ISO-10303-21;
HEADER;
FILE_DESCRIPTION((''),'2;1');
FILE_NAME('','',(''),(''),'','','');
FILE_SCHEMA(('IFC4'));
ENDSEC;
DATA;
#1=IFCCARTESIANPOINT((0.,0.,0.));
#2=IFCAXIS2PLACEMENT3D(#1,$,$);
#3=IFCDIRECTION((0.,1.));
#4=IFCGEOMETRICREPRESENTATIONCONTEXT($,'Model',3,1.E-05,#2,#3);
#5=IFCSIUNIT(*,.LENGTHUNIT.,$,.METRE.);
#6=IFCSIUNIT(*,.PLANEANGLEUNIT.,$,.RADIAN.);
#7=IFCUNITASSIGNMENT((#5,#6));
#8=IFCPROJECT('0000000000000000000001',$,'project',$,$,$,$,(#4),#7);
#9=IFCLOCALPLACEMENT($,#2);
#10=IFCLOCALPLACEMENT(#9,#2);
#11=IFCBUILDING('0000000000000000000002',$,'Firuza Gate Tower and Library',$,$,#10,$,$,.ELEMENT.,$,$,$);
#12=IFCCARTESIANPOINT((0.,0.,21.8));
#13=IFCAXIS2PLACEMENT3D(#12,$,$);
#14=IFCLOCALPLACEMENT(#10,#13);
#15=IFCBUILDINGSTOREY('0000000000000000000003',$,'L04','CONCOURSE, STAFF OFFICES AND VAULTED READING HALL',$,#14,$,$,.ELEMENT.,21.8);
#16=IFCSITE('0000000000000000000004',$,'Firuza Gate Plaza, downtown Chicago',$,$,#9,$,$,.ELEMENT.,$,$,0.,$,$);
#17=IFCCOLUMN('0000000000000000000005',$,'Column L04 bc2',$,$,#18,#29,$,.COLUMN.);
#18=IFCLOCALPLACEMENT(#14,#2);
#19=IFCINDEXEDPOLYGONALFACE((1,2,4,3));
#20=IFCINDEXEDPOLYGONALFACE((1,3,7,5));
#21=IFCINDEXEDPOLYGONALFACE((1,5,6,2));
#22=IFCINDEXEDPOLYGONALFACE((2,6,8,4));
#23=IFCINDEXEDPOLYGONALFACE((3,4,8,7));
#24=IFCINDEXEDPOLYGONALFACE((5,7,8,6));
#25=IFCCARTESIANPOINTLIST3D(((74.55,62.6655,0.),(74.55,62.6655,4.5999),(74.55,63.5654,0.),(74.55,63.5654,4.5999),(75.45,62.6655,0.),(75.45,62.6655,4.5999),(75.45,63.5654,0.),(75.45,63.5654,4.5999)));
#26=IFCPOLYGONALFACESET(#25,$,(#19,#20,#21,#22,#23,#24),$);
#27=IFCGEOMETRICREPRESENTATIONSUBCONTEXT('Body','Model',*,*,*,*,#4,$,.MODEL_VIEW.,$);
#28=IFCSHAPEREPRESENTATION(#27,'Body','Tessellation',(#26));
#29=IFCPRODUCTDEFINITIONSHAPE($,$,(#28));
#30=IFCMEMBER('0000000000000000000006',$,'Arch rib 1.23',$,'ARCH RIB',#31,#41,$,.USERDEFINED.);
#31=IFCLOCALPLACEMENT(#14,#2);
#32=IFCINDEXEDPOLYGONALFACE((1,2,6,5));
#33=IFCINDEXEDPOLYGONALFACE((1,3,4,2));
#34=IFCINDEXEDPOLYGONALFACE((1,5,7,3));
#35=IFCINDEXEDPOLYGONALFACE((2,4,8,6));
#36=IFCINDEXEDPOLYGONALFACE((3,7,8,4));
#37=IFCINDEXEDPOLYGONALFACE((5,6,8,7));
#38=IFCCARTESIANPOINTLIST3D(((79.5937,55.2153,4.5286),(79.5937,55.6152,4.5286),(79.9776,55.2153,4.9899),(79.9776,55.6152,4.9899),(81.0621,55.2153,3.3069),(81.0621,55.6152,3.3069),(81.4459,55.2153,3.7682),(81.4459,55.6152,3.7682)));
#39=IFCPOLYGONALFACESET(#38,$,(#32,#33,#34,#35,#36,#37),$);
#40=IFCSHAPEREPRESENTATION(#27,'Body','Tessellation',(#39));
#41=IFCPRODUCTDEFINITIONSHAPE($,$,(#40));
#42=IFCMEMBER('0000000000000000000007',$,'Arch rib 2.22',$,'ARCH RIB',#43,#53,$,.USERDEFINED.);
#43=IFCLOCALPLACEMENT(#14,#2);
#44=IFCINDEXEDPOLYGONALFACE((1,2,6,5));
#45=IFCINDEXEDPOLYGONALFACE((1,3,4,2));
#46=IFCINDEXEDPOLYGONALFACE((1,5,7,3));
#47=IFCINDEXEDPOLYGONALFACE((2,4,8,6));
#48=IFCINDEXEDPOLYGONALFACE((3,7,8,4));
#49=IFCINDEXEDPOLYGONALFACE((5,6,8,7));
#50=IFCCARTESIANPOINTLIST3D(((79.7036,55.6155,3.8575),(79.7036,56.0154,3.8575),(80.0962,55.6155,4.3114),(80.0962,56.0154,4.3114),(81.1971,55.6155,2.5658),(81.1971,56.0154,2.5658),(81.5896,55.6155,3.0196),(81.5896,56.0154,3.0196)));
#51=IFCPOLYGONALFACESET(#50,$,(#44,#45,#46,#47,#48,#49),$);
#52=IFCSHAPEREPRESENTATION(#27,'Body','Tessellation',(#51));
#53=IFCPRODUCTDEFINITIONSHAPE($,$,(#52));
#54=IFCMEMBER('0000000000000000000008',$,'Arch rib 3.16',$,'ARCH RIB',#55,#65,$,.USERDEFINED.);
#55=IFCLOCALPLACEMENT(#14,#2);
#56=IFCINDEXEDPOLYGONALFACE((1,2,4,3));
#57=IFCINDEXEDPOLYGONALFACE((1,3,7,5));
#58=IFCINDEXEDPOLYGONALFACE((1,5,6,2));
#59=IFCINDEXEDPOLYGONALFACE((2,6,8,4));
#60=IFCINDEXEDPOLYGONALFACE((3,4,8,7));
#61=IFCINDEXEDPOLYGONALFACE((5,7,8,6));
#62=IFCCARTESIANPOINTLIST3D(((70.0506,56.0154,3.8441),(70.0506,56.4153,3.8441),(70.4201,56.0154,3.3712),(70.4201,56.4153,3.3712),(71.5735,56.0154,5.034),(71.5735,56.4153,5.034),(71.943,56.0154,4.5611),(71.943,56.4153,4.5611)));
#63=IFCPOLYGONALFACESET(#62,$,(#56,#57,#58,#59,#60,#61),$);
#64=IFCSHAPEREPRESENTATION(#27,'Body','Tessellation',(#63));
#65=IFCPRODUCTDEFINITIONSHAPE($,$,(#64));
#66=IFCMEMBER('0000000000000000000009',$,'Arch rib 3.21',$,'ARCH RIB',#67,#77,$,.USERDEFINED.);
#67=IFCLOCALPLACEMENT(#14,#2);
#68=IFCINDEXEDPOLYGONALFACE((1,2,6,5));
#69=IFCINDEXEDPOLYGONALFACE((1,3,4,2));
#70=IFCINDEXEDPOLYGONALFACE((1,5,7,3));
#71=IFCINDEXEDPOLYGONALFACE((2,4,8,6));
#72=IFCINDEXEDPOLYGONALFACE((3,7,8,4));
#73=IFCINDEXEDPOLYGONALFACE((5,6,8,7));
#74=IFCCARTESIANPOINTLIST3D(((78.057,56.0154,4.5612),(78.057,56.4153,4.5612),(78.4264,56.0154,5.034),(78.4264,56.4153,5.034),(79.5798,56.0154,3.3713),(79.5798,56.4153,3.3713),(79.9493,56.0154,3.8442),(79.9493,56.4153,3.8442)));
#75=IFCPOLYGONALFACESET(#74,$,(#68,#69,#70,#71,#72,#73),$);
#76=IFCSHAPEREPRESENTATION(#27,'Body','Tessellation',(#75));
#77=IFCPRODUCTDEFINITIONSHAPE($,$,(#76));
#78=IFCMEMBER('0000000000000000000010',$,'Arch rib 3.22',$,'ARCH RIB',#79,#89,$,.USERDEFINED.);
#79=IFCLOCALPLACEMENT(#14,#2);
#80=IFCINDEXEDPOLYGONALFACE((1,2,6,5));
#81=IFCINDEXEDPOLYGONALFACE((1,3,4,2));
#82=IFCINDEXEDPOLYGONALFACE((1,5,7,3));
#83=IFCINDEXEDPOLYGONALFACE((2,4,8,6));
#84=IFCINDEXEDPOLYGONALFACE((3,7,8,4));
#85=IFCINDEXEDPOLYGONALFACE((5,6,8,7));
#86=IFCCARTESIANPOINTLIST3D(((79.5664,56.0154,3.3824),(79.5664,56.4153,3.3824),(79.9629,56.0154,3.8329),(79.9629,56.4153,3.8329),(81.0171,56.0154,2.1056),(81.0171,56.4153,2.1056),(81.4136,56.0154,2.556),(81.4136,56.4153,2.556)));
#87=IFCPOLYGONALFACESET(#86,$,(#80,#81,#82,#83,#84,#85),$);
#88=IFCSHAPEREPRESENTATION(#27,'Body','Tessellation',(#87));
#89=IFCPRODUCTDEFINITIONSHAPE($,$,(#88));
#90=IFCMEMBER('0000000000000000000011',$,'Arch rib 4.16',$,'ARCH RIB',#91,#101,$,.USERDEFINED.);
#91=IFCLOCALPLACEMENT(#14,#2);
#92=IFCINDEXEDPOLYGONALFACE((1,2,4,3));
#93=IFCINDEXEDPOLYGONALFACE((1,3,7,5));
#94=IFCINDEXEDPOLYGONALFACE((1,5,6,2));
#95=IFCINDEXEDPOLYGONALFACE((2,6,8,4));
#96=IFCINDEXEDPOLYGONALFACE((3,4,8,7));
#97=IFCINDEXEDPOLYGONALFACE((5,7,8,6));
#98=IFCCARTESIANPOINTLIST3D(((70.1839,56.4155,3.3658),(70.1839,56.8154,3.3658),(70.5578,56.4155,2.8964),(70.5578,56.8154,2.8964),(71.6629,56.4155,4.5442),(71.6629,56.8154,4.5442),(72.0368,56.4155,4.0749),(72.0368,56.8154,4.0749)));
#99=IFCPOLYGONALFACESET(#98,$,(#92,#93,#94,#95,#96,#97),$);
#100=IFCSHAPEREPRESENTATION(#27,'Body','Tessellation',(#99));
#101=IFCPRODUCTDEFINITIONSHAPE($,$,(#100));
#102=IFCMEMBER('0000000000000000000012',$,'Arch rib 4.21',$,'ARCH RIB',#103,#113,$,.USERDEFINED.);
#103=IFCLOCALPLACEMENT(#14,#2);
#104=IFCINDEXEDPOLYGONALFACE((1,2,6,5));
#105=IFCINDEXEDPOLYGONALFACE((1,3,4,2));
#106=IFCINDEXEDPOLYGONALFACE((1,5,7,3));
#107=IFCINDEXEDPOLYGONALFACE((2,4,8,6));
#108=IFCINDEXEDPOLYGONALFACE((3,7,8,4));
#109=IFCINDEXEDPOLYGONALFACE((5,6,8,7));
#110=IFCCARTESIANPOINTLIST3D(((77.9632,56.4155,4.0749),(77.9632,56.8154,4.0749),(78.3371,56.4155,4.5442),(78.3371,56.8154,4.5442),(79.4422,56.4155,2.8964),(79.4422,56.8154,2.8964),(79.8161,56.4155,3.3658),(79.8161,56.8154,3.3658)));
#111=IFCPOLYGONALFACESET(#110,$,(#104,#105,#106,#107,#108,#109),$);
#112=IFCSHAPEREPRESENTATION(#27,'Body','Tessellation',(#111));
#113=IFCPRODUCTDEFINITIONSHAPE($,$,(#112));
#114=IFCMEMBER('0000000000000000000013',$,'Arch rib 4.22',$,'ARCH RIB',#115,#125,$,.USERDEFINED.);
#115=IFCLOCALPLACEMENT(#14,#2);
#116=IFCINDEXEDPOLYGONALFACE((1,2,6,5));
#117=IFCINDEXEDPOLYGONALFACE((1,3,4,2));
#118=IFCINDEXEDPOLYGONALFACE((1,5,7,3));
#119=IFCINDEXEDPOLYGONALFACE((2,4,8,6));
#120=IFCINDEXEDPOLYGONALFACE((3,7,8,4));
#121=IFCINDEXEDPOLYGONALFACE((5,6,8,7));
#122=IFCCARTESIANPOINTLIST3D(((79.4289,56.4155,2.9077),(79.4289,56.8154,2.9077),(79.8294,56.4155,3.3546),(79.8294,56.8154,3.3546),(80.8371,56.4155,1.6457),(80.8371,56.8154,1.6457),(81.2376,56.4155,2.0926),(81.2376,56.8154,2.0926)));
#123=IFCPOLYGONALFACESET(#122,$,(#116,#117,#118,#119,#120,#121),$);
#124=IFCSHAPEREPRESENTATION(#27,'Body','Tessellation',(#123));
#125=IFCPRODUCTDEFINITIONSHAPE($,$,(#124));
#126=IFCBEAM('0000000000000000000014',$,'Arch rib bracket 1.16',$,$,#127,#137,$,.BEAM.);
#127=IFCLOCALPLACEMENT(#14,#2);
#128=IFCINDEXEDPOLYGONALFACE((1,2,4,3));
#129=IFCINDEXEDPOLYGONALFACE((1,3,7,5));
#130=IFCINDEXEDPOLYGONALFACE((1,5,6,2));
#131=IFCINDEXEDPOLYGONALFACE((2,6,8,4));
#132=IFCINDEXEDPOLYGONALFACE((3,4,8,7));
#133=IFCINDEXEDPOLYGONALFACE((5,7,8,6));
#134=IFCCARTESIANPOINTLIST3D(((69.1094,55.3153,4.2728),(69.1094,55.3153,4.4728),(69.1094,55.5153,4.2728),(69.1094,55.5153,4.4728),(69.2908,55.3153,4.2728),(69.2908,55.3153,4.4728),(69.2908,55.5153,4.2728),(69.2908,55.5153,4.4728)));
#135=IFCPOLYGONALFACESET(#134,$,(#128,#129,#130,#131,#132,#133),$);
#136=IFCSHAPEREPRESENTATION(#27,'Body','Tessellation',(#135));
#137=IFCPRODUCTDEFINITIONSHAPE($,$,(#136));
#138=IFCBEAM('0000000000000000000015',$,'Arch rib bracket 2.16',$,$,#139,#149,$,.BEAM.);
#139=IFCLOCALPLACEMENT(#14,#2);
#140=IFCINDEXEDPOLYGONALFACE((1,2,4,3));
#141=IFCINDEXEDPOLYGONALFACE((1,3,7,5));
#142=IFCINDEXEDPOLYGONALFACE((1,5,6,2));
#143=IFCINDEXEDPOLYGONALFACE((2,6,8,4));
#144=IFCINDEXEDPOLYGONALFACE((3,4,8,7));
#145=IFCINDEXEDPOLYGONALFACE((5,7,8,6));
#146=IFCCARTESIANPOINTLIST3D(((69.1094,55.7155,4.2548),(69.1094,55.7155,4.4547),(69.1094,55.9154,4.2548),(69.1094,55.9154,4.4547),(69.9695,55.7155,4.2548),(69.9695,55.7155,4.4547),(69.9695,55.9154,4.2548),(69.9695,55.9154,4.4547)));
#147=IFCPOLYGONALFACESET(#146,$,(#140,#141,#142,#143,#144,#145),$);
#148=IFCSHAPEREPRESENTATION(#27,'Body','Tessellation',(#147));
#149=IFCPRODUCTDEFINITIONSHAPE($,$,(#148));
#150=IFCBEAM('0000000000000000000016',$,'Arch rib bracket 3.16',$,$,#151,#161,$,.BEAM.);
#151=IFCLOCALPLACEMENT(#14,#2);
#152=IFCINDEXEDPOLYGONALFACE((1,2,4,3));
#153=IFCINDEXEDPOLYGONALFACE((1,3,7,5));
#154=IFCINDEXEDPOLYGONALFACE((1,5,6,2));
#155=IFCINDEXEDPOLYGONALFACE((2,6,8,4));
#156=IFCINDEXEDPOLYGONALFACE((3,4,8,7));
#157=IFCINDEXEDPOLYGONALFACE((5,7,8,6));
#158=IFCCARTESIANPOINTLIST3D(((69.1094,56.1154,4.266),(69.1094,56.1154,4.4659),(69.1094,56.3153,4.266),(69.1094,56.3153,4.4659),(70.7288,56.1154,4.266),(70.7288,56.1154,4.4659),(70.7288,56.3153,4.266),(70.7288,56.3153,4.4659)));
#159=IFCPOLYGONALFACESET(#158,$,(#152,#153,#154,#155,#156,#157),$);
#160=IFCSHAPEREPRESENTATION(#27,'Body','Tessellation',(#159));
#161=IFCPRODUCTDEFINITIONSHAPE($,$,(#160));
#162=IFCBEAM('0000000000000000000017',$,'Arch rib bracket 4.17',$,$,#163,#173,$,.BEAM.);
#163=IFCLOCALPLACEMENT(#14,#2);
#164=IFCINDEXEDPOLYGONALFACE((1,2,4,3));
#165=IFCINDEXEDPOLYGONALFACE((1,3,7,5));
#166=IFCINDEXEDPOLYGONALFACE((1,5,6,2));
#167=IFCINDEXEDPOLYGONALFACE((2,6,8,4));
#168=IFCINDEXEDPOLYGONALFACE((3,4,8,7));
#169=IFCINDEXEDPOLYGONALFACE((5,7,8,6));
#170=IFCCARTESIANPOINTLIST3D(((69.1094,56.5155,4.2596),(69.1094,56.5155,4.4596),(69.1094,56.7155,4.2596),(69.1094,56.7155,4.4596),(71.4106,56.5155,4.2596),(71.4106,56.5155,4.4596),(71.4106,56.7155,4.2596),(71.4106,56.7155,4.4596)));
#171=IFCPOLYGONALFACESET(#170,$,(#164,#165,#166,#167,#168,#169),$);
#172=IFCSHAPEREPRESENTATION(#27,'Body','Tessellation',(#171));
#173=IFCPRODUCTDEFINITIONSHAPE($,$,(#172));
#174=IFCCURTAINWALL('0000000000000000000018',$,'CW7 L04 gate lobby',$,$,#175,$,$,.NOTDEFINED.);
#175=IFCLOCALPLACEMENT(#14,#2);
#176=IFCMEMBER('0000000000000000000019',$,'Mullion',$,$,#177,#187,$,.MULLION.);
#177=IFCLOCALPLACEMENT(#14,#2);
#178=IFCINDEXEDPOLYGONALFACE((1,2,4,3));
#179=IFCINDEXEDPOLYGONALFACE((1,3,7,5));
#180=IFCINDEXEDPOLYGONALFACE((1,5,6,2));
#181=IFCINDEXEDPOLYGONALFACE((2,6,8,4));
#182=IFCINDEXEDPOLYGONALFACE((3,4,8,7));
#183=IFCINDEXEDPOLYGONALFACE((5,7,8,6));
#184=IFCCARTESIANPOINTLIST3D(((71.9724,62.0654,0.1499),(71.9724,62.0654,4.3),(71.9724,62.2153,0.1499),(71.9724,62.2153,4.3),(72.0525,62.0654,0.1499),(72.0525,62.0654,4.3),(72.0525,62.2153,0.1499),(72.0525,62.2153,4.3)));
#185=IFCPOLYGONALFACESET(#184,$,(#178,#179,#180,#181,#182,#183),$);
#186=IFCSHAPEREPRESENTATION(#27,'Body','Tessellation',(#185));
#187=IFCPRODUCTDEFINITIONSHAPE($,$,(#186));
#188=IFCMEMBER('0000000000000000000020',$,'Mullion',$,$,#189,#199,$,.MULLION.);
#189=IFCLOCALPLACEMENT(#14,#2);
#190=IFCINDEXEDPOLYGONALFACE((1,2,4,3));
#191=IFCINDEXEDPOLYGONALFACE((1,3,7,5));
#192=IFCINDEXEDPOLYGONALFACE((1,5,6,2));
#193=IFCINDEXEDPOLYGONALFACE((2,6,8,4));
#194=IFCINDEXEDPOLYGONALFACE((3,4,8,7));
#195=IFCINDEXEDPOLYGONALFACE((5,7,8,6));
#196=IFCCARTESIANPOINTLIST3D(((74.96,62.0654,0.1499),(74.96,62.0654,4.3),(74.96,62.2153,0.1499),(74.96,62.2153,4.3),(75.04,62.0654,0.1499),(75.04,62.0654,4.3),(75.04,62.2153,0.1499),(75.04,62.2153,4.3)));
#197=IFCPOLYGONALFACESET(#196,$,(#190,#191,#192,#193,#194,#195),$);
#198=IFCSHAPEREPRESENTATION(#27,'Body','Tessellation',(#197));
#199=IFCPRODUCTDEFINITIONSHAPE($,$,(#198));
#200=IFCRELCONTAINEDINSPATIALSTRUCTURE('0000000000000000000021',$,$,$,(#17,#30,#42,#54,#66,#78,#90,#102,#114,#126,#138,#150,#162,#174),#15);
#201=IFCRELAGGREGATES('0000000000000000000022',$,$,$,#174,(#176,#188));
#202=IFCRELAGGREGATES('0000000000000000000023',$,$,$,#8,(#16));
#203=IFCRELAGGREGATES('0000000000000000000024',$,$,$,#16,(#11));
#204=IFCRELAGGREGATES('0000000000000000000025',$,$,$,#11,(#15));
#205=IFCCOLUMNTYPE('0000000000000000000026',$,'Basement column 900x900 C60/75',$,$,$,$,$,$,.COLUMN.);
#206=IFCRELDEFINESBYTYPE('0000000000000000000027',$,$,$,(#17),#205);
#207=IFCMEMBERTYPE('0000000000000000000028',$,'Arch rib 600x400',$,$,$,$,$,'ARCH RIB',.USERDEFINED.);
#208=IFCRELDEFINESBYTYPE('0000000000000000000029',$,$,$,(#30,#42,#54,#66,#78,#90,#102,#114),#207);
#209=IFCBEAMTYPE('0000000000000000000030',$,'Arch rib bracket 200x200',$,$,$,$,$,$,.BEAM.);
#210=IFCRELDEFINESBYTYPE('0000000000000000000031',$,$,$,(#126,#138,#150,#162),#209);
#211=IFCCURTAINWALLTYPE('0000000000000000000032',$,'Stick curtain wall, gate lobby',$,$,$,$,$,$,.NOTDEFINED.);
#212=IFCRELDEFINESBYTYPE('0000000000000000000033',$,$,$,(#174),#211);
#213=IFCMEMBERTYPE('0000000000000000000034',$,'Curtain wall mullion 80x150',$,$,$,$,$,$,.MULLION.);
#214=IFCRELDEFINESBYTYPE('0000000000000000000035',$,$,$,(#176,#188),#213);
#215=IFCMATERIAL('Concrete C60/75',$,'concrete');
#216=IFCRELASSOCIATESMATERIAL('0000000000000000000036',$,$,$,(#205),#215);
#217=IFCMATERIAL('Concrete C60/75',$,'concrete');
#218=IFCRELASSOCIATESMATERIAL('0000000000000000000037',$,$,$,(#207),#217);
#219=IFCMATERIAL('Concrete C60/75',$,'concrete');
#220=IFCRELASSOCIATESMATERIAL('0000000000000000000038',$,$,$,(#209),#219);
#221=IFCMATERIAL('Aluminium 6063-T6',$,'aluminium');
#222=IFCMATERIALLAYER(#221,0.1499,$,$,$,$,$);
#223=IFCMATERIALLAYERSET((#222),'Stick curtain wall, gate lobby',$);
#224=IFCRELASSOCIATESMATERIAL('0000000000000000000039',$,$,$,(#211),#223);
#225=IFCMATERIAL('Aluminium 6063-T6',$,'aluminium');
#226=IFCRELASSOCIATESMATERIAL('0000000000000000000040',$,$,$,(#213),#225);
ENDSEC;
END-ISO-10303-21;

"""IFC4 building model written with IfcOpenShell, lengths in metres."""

from ifc_helpers import new_model, si_unit, direction, frame, origin, origin_2d, place, context, subcontext, project, spatial, rectangle, extrude, material, layer, layer_set, material_profile, profile_set, type_object, element, aggregate, save


model = new_model("IFC4")

# Units and contexts
model_context = context("Model", 3, precision=1e-05, world=origin(), true_north=direction((0.0, 1.0)))
body_context = subcontext(model_context, "Body", "Model", "MODEL_VIEW")
ifc_project = project(units=[si_unit("LENGTHUNIT", "METRE"), si_unit("PLANEANGLEUNIT", "RADIAN")], contexts=[model_context])

# Site, building, storey
site_placement = place(None, origin())
site = spatial("IfcSite", under=ifc_project, at=site_placement, Name="Firuza Gate Plaza, downtown Chicago", CompositionType="ELEMENT", RefElevation=0.0)
building_placement = place(site_placement, origin())
building = spatial("IfcBuilding", under=site, at=building_placement, Name="Firuza Gate Tower and Library", CompositionType="ELEMENT")
storey_placement = place(building_placement, frame((0.0, 0.0, 21.8)))
storey = spatial("IfcBuildingStorey", under=building, at=storey_placement, Name="L04", Description="CONCOURSE, STAFF OFFICES AND VAULTED READING HALL", CompositionType="ELEMENT", Elevation=21.8)

# Column
ifc_material_1 = material(Name="Concrete C60/75", Category="concrete")
ifc_material_profile_1 = material_profile(ifc_material_1, rectangle(XDim=0.8999, YDim=0.8999, at=origin_2d()))
ifc_profile_set_1 = profile_set([ifc_material_profile_1], Name="Concrete C60/75")
column_type = type_object("IfcColumnType", Name="Basement column 900x900 C60/75", PredefinedType="COLUMN", material=ifc_profile_set_1)
column_placement = place(storey_placement, frame((75.0, 63.1155, 0.0), z_axis=(0.0, 0.0, 1.0), x_axis=(1.0, 0.0, 0.0)))
element("IfcColumn", 1, at=column_placement, inside=storey, type_object=column_type, Name="Column L04 bc2", PredefinedType="COLUMN", context=body_context, shape_type="SweptSolid", body=[
    extrude(rectangle(XDim=0.8999, YDim=0.8999, at=origin_2d()), origin(), (0.0, 0.0, 1.0), 4.5999),
])

# Members
ifc_material_2 = material(Name="Concrete C60/75", Category="concrete")
ifc_material_profile_2 = material_profile(ifc_material_2, rectangle(XDim=0.3999, YDim=0.6001, at=origin_2d()))
ifc_profile_set_2 = profile_set([ifc_material_profile_2], Name="Concrete C60/75")
member_type_1 = type_object("IfcMemberType", Name="Arch rib 600x400", ElementType="ARCH RIB", PredefinedType="USERDEFINED", material=ifc_profile_set_2)
member_1_placement = place(storey_placement, frame((79.7856, 55.4153, 4.7593), z_axis=(0.768703, 0.0, -0.639606), x_axis=(0.0, 1.0, 0.0)))
element("IfcMember", 2, at=member_1_placement, inside=storey, type_object=member_type_1, Name="Arch rib 1.23", ObjectType="ARCH RIB", PredefinedType="USERDEFINED", context=body_context, shape_type="SweptSolid", body=[
    extrude(rectangle(XDim=0.3999, YDim=0.6001, at=origin_2d()), origin(), (0.0, 0.0, 1.0), 1.9102),
])
member_2_placement = place(storey_placement, frame((79.8999, 55.8154, 4.0845), z_axis=(0.756325, 0.0, -0.654196), x_axis=(0.0, 1.0, 0.0)))
element("IfcMember", 3, at=member_2_placement, inside=storey, type_object=member_type_1, Name="Arch rib 2.22", ObjectType="ARCH RIB", PredefinedType="USERDEFINED", context=body_context, shape_type="SweptSolid", body=[
    extrude(rectangle(XDim=0.3999, YDim=0.6001, at=origin_2d()), origin(), (0.0, 0.0, 1.0), 1.9746),
])
for number, where, z_axis, x_axis, name in (
    (4, (70.2354, 56.2153, 3.6077), (0.78799, 0.0, 0.615688), (0.0, 1.0, 0.0), "Arch rib 3.16"),
    (5, (78.2417, 56.2153, 4.7976), (0.78799, 0.0, -0.615688), (0.0, 1.0, 0.0), "Arch rib 3.21"),
    (6, (79.7646, 56.2153, 3.6077), (0.750648, 0.0, -0.660702), (0.0, 1.0, 0.0), "Arch rib 3.22"),
):
    element("IfcMember", number, at=place(storey_placement, frame(where, z_axis=z_axis, x_axis=x_axis)), inside=storey, type_object=member_type_1, Name=name, ObjectType="ARCH RIB", PredefinedType="USERDEFINED", context=body_context, shape_type="SweptSolid", body=[
        extrude(rectangle(XDim=0.3999, YDim=0.6001, at=origin_2d()), origin(), (0.0, 0.0, 1.0), 1.9326),
    ])
for number, where, z_axis, x_axis, name in (
    (7, (70.3708, 56.6155, 3.1311), (0.782089, 0.0, 0.623167), (0.0, 1.0, 0.0), "Arch rib 4.16"),
    (8, (78.1501, 56.6155, 4.3096), (0.782089, 0.0, -0.623167), (0.0, 1.0, 0.0), "Arch rib 4.21"),
):
    element("IfcMember", number, at=place(storey_placement, frame(where, z_axis=z_axis, x_axis=x_axis)), inside=storey, type_object=member_type_1, Name=name, ObjectType="ARCH RIB", PredefinedType="USERDEFINED", context=body_context, shape_type="SweptSolid", body=[
        extrude(rectangle(XDim=0.3999, YDim=0.6001, at=origin_2d()), origin(), (0.0, 0.0, 1.0), 1.8911),
    ])
member_3_placement = place(storey_placement, frame((79.6292, 56.6155, 3.1311), z_axis=(0.744718, 0.0, -0.66738), x_axis=(0.0, 1.0, 0.0)))
element("IfcMember", 9, at=member_3_placement, inside=storey, type_object=member_type_1, Name="Arch rib 4.22", ObjectType="ARCH RIB", PredefinedType="USERDEFINED", context=body_context, shape_type="SweptSolid", body=[
    extrude(rectangle(XDim=0.3999, YDim=0.6001, at=origin_2d()), origin(), (0.0, 0.0, 1.0), 1.8909),
])

# Beams
ifc_material_3 = material(Name="Concrete C60/75", Category="concrete")
ifc_material_profile_3 = material_profile(ifc_material_3, rectangle(XDim=0.2, YDim=0.2, at=origin_2d()))
ifc_profile_set_3 = profile_set([ifc_material_profile_3], Name="Concrete C60/75")
beam_type_1 = type_object("IfcBeamType", Name="Arch rib bracket 200x200", PredefinedType="BEAM", material=ifc_profile_set_3)
beam_1_placement = place(storey_placement, frame((69.1094, 55.4153, 4.3728), z_axis=(1.0, 0.0, 0.0), x_axis=(0.0, 1.0, 0.0)))
element("IfcBeam", 10, at=beam_1_placement, inside=storey, type_object=beam_type_1, Name="Arch rib bracket 1.16", PredefinedType="BEAM", context=body_context, shape_type="SweptSolid", body=[
    extrude(rectangle(XDim=0.2, YDim=0.2, at=origin_2d()), origin(), (0.0, 0.0, 1.0), 0.1814),
])
beam_2_placement = place(storey_placement, frame((69.1094, 55.8154, 4.3547), z_axis=(1.0, 0.0, 0.0), x_axis=(0.0, 1.0, 0.0)))
element("IfcBeam", 11, at=beam_2_placement, inside=storey, type_object=beam_type_1, Name="Arch rib bracket 2.16", PredefinedType="BEAM", context=body_context, shape_type="SweptSolid", body=[
    extrude(rectangle(XDim=0.2, YDim=0.2, at=origin_2d()), origin(), (0.0, 0.0, 1.0), 0.8601),
])
beam_3_placement = place(storey_placement, frame((69.1094, 56.2153, 4.366), z_axis=(1.0, 0.0, 0.0), x_axis=(0.0, 1.0, 0.0)))
element("IfcBeam", 12, at=beam_3_placement, inside=storey, type_object=beam_type_1, Name="Arch rib bracket 3.16", PredefinedType="BEAM", context=body_context, shape_type="SweptSolid", body=[
    extrude(rectangle(XDim=0.2, YDim=0.2, at=origin_2d()), origin(), (0.0, 0.0, 1.0), 1.6194),
])
beam_4_placement = place(storey_placement, frame((69.1094, 56.6155, 4.3596), z_axis=(1.0, 0.0, 0.0), x_axis=(0.0, 1.0, 0.0)))
element("IfcBeam", 13, at=beam_4_placement, inside=storey, type_object=beam_type_1, Name="Arch rib bracket 4.17", PredefinedType="BEAM", context=body_context, shape_type="SweptSolid", body=[
    extrude(rectangle(XDim=0.2, YDim=0.2, at=origin_2d()), origin(), (0.0, 0.0, 1.0), 2.3013),
])

# Curtain wall, members
ifc_material_4 = material(Name="Aluminium 6063-T6", Category="aluminium")
ifc_layer_1 = layer(ifc_material_4, 0.1499)
ifc_layer_set_1 = layer_set([ifc_layer_1], Name="Stick curtain wall, gate lobby")
curtain_wall_type = type_object("IfcCurtainWallType", Name="Stick curtain wall, gate lobby", PredefinedType="NOTDEFINED", material=ifc_layer_set_1)
curtain_wall_placement = place(storey_placement, origin())
curtain_wall = element("IfcCurtainWall", 14, at=curtain_wall_placement, inside=storey, type_object=curtain_wall_type, Name="CW7 L04 gate lobby", PredefinedType="NOTDEFINED")
ifc_material_5 = material(Name="Aluminium 6063-T6", Category="aluminium")
ifc_material_profile_4 = material_profile(ifc_material_5, rectangle(XDim=0.1499, YDim=0.0801, at=origin_2d()))
ifc_profile_set_4 = profile_set([ifc_material_profile_4], Name="Aluminium 6063-T6")
member_type_2 = type_object("IfcMemberType", Name="Curtain wall mullion 80x150", PredefinedType="MULLION", material=ifc_profile_set_4)
member_4_placement = place(storey_placement, frame((72.0125, 62.1404, 0.1499), z_axis=(0.0, 0.0, 1.0), x_axis=(0.0, 1.0, 0.0)))
member_4 = element("IfcMember", 15, at=member_4_placement, type_object=member_type_2, Name="Mullion", PredefinedType="MULLION", context=body_context, shape_type="SweptSolid", body=[
    extrude(rectangle(XDim=0.1499, YDim=0.0801, at=origin_2d()), origin(), (0.0, 0.0, 1.0), 4.1501),
])
member_5_placement = place(storey_placement, frame((75.0, 62.1404, 0.1499), z_axis=(0.0, 0.0, 1.0), x_axis=(0.0, 1.0, 0.0)))
member_5 = element("IfcMember", 16, at=member_5_placement, type_object=member_type_2, Name="Mullion", PredefinedType="MULLION", context=body_context, shape_type="SweptSolid", body=[
    extrude(rectangle(XDim=0.1499, YDim=0.0801, at=origin_2d()), origin(), (0.0, 0.0, 1.0), 4.1501),
])

aggregate(curtain_wall, [member_4, member_5])

save(model, "model.ifc")
